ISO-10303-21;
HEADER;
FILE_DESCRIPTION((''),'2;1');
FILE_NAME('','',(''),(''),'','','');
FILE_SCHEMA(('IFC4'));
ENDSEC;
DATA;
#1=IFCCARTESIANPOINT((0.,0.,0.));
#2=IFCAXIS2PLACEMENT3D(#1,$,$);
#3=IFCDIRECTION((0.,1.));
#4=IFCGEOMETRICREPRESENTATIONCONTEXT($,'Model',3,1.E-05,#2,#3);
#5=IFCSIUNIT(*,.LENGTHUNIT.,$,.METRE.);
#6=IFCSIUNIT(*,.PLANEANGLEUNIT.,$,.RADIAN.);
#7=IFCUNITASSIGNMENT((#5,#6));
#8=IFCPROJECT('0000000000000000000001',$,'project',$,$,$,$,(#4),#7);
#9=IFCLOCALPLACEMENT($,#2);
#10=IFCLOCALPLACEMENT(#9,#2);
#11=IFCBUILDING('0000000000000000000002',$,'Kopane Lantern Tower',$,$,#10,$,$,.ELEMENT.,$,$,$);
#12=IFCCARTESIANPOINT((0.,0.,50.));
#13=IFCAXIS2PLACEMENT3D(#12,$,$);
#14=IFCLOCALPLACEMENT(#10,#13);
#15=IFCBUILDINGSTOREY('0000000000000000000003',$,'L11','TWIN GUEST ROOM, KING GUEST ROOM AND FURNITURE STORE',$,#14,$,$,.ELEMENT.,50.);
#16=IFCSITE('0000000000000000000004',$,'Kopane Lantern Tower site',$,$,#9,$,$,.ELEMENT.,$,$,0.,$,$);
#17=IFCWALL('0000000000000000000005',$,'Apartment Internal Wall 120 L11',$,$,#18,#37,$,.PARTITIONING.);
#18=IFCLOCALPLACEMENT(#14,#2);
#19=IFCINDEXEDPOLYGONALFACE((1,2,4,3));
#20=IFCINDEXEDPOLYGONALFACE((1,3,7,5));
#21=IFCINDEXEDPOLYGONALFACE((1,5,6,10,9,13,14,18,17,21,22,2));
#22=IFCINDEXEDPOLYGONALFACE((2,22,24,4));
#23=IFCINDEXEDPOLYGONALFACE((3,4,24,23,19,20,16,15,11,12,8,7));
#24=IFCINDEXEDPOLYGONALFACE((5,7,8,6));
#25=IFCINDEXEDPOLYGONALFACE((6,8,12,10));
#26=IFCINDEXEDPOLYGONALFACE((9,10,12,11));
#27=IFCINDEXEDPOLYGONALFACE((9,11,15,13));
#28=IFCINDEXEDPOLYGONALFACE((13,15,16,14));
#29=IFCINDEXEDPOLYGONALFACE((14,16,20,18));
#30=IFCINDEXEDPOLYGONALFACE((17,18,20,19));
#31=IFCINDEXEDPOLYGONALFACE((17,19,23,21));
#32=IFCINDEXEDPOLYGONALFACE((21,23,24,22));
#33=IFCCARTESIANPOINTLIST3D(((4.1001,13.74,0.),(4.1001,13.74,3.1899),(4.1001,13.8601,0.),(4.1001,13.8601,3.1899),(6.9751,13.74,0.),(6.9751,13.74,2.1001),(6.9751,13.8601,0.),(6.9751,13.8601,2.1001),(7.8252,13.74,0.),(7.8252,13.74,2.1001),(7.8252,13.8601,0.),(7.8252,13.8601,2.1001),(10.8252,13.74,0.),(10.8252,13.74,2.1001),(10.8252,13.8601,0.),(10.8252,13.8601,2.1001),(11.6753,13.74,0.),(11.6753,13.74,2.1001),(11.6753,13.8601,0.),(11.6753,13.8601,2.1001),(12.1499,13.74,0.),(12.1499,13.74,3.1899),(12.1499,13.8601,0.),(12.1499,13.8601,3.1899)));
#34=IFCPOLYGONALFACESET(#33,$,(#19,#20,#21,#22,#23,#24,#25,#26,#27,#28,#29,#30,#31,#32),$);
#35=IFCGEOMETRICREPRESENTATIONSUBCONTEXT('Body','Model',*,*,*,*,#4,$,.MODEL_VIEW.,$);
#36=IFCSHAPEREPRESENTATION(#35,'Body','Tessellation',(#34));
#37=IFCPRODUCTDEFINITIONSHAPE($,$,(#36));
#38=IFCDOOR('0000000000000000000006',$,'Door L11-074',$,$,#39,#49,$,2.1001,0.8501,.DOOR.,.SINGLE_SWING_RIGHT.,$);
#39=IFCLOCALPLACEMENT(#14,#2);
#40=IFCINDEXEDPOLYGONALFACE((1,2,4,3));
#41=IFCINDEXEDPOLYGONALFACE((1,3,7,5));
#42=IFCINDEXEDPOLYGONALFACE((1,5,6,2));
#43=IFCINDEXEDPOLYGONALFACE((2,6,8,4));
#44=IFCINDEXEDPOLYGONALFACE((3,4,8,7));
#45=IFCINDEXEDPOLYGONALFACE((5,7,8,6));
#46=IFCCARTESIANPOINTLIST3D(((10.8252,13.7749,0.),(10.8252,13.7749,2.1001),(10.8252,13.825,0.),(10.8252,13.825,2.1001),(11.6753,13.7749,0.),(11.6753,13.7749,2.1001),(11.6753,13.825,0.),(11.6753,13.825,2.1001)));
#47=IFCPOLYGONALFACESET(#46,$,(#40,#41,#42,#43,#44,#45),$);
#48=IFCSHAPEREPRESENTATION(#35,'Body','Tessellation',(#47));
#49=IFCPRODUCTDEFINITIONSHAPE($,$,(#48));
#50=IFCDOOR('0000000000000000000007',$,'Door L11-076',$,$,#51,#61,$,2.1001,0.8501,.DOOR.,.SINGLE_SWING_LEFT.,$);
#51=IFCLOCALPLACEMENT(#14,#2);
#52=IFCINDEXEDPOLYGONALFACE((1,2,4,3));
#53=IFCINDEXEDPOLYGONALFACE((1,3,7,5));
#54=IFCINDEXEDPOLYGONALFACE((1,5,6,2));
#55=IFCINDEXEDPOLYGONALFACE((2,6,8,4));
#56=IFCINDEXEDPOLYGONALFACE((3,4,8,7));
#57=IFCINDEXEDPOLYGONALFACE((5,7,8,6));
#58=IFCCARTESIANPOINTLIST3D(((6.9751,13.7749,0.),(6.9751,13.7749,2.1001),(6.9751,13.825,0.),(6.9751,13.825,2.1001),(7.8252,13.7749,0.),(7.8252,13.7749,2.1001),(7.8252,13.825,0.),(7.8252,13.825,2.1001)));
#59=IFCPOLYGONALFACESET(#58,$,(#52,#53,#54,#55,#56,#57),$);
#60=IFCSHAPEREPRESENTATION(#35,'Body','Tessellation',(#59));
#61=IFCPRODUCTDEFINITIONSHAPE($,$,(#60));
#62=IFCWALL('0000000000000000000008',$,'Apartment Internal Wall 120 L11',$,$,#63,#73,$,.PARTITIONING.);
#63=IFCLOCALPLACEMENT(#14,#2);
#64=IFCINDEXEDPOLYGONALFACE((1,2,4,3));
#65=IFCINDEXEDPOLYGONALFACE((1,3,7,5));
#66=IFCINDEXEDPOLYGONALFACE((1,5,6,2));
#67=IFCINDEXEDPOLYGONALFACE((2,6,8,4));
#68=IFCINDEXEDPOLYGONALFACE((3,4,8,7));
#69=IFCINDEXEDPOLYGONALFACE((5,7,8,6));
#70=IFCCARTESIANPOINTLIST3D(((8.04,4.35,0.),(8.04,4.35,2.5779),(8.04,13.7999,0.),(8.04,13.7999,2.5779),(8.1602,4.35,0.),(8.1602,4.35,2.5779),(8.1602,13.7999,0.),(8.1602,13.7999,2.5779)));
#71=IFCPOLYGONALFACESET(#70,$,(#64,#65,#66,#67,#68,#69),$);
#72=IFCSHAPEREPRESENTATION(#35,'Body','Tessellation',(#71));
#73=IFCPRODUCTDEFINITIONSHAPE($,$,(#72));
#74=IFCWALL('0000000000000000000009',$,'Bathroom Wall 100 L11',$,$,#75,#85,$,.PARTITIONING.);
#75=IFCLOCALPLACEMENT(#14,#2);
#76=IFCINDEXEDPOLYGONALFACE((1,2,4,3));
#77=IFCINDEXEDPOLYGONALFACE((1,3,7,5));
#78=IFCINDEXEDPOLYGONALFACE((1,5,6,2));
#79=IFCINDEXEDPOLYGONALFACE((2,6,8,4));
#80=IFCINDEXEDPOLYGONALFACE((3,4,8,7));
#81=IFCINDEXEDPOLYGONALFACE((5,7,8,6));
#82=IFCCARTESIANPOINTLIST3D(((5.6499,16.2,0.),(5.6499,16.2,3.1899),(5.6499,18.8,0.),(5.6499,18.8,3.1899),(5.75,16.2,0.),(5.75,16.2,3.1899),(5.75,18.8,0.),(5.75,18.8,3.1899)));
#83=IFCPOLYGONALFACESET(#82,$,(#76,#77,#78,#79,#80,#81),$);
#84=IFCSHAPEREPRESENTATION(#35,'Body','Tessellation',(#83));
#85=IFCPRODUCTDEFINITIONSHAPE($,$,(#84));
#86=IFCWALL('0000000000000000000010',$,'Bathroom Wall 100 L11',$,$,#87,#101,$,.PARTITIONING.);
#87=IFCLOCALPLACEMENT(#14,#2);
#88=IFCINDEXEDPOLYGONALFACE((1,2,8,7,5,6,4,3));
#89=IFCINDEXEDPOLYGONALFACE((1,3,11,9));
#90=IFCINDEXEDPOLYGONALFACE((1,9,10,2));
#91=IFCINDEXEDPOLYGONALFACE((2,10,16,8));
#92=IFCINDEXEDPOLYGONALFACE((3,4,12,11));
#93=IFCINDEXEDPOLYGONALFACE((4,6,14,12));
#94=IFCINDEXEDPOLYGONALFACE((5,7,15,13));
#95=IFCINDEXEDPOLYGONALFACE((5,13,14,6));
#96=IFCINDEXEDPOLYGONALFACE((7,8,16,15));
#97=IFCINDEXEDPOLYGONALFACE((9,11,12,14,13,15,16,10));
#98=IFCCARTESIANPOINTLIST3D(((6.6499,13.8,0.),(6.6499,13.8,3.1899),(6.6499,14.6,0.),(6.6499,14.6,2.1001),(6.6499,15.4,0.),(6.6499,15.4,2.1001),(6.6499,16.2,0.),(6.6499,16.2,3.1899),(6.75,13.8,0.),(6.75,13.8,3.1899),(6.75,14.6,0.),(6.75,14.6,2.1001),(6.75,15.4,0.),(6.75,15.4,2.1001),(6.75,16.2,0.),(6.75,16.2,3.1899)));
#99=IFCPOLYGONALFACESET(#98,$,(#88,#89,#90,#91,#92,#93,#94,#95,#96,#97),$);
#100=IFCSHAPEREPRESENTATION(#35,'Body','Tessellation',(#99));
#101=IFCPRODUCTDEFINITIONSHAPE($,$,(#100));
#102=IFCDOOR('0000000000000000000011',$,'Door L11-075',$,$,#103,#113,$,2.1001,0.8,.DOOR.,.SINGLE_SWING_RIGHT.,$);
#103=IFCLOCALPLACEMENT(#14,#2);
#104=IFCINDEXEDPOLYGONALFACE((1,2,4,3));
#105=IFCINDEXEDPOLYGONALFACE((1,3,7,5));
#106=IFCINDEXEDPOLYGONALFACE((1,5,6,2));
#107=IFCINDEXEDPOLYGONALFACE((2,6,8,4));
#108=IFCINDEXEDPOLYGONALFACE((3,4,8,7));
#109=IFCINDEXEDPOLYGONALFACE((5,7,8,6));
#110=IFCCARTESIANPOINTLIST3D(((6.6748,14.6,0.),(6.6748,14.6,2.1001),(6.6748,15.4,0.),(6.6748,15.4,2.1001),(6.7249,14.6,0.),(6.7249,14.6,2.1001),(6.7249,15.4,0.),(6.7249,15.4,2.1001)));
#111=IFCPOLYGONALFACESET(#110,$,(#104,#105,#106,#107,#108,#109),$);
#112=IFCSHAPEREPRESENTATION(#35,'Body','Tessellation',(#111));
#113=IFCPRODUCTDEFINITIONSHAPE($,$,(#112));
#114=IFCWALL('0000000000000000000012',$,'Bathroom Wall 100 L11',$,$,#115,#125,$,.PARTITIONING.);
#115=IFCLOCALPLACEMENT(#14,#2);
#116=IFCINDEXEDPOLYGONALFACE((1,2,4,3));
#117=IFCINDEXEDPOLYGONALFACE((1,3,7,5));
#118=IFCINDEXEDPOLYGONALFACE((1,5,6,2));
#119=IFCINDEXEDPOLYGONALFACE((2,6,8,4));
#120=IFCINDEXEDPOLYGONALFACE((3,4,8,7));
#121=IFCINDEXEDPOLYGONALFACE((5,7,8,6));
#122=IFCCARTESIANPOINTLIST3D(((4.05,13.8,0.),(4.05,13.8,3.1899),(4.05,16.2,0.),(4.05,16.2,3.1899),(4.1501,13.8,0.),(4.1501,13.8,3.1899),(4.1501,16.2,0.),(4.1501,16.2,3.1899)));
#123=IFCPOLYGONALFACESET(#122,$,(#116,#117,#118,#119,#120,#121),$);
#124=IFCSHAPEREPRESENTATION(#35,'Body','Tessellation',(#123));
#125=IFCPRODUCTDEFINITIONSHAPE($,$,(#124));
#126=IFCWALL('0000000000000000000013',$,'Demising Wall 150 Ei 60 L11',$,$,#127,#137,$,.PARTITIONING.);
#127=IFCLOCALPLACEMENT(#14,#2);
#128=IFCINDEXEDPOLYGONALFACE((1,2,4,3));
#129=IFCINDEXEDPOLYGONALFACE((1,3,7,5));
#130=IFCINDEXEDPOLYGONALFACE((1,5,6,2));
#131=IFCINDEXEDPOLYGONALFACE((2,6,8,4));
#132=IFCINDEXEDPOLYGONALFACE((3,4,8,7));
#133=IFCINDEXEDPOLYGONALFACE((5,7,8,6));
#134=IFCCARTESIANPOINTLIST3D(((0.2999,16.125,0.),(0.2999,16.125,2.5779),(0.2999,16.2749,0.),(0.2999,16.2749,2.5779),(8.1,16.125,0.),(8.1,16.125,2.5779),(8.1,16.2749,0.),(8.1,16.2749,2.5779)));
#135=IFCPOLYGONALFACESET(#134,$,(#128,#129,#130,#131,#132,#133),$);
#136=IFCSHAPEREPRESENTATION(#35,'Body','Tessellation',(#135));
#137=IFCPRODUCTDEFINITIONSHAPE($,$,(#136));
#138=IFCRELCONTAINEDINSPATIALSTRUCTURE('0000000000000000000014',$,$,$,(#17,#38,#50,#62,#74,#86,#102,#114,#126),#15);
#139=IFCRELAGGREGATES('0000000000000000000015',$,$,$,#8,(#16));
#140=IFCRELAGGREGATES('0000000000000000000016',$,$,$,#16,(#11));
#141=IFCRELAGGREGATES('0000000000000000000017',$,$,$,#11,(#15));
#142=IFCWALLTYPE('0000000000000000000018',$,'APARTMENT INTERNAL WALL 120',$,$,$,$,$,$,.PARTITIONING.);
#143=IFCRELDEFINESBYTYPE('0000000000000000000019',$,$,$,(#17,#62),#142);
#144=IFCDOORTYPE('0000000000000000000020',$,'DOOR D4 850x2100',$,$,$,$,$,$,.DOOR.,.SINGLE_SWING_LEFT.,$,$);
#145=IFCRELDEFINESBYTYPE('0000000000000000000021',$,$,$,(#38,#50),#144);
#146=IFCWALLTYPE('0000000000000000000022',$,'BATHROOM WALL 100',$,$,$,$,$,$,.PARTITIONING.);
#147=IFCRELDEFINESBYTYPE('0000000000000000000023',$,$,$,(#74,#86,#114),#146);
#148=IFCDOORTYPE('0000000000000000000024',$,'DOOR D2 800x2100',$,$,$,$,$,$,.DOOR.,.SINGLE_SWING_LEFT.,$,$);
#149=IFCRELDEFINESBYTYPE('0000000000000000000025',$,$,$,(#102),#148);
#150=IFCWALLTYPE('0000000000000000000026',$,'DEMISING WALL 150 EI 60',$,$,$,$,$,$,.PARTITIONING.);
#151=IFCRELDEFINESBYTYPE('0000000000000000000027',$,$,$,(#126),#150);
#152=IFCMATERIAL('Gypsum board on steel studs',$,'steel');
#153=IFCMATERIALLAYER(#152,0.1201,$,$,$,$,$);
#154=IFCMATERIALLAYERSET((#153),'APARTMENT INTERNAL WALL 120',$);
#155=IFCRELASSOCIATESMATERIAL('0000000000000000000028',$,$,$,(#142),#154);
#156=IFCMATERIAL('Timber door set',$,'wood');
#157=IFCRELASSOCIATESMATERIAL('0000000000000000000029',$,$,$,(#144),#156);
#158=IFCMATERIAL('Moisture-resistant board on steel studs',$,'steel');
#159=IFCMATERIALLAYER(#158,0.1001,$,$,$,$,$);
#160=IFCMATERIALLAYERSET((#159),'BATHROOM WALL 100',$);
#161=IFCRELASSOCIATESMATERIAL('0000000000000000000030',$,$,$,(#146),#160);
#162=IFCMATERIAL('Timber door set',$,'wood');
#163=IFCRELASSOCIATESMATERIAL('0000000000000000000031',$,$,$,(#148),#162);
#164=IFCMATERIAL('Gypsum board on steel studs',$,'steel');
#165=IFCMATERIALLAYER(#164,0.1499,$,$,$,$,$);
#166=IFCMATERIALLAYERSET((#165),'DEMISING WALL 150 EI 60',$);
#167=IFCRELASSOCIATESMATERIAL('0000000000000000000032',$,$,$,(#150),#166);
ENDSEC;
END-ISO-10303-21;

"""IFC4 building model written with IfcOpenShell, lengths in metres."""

from ifc_helpers import new_model, si_unit, direction, frame, frame_2d, origin, place, context, subcontext, project, spatial, rectangle, extrude, material, layer, layer_set, type_object, element, fill, save


model = new_model("IFC4")

# Units and contexts
model_context = context("Model", 3, precision=1e-05, world=origin(), true_north=direction((0.0, 1.0)))
body_context = subcontext(model_context, "Body", "Model", "MODEL_VIEW")
ifc_project = project(units=[si_unit("LENGTHUNIT", "METRE"), si_unit("PLANEANGLEUNIT", "RADIAN")], contexts=[model_context])

# Site, building, storey
site_placement = place(None, origin())
site = spatial("IfcSite", under=ifc_project, at=site_placement, Name="Kopane Lantern Tower site", CompositionType="ELEMENT", RefElevation=0.0)
building_placement = place(site_placement, origin())
building = spatial("IfcBuilding", under=site, at=building_placement, Name="Kopane Lantern Tower", CompositionType="ELEMENT")
storey_placement = place(building_placement, frame((0.0, 0.0, 50.0)))
storey = spatial("IfcBuildingStorey", under=building, at=storey_placement, Name="L11", Description="TWIN GUEST ROOM, KING GUEST ROOM AND FURNITURE STORE", CompositionType="ELEMENT", Elevation=50.0)

# Wall, openings, doors
ifc_material_1 = material(Name="Gypsum board on steel studs", Category="steel")
ifc_layer_1 = layer(ifc_material_1, 0.1201)
ifc_layer_set_1 = layer_set([ifc_layer_1], Name="APARTMENT INTERNAL WALL 120")
wall_type_1 = type_object("IfcWallType", Name="APARTMENT INTERNAL WALL 120", PredefinedType="PARTITIONING", material=ifc_layer_set_1)
wall_1_placement = place(storey_placement, frame((4.1001, 13.8, 0.0), z_axis=(0.0, 0.0, 1.0), x_axis=(1.0, 0.0, 0.0)))
wall_1 = element("IfcWall", 1, at=wall_1_placement, inside=storey, type_object=wall_type_1, Name="Apartment Internal Wall 120 L11", PredefinedType="PARTITIONING", context=body_context, shape_type="SweptSolid", body=[
    extrude(rectangle(XDim=8.0498, YDim=0.1201, at=frame_2d((4.0249, 0.0))), origin(), (0.0, 0.0, 1.0), 3.1899),
])
opening_1_placement = place(wall_1_placement, frame((6.7251, 0.0, 0.0)))
opening_1 = element("IfcOpeningElement", 2, at=opening_1_placement, cuts=wall_1, PredefinedType="OPENING", context=body_context, shape_type="SweptSolid", body=[
    extrude(rectangle(XDim=0.8501, YDim=2.1001, at=frame_2d((0.425, 1.05))), frame((0.0, 0.0701, 0.0), z_axis=(0.0, -1.0, 0.0), x_axis=(1.0, 0.0, 0.0)), (0.0, 0.0, 1.0), 0.1401),
])
opening_2_placement = place(wall_1_placement, frame((2.875, 0.0, 0.0)))
opening_2 = element("IfcOpeningElement", 3, at=opening_2_placement, cuts=wall_1, PredefinedType="OPENING", context=body_context, shape_type="SweptSolid", body=[
    extrude(rectangle(XDim=0.8501, YDim=2.1001, at=frame_2d((0.425, 1.05))), frame((0.0, 0.0701, 0.0), z_axis=(0.0, -1.0, 0.0), x_axis=(1.0, 0.0, 0.0)), (0.0, 0.0, 1.0), 0.1401),
])
ifc_material_2 = material(Name="Timber door set", Category="wood")
door_type_1 = type_object("IfcDoorType", Name="DOOR D4 850x2100", OperationType="SINGLE_SWING_LEFT", PredefinedType="DOOR", material=ifc_material_2)
door_1_placement = place(opening_1_placement, origin())
door_1 = element("IfcDoor", 4, at=door_1_placement, inside=storey, type_object=door_type_1, Name="Door L11-074", OperationType="SINGLE_SWING_RIGHT", OverallHeight=2.1001, OverallWidth=0.8501, PredefinedType="DOOR", context=body_context, shape_type="SweptSolid", body=[
    extrude(rectangle(XDim=0.8501, YDim=2.1001, at=frame_2d((0.425, 1.05))), frame((0.0, 0.0249, 0.0), z_axis=(0.0, -1.0, 0.0), x_axis=(1.0, 0.0, 0.0)), (0.0, 0.0, 1.0), 0.05),
])
fill(opening_1, door_1)
door_2_placement = place(opening_2_placement, origin())
door_2 = element("IfcDoor", 5, at=door_2_placement, inside=storey, type_object=door_type_1, Name="Door L11-076", OperationType="SINGLE_SWING_LEFT", OverallHeight=2.1001, OverallWidth=0.8501, PredefinedType="DOOR", context=body_context, shape_type="SweptSolid", body=[
    extrude(rectangle(XDim=0.8501, YDim=2.1001, at=frame_2d((0.425, 1.05))), frame((0.0, 0.0249, 0.0), z_axis=(0.0, -1.0, 0.0), x_axis=(1.0, 0.0, 0.0)), (0.0, 0.0, 1.0), 0.05),
])
fill(opening_2, door_2)

# Walls
wall_2_placement = place(storey_placement, frame((8.1001, 13.8, 0.0), z_axis=(0.0, 0.0, 1.0), x_axis=(0.0, -1.0, 0.0)))
element("IfcWall", 6, at=wall_2_placement, inside=storey, type_object=wall_type_1, Name="Apartment Internal Wall 120 L11", PredefinedType="PARTITIONING", context=body_context, shape_type="SweptSolid", body=[
    extrude(rectangle(XDim=9.45, YDim=0.1201, at=frame_2d((4.7251, 0.0))), origin(), (0.0, 0.0, 1.0), 2.5779),
])
ifc_material_3 = material(Name="Moisture-resistant board on steel studs", Category="steel")
ifc_layer_2 = layer(ifc_material_3, 0.1001)
ifc_layer_set_2 = layer_set([ifc_layer_2], Name="BATHROOM WALL 100")
wall_type_2 = type_object("IfcWallType", Name="BATHROOM WALL 100", PredefinedType="PARTITIONING", material=ifc_layer_set_2)
wall_3_placement = place(storey_placement, frame((5.7, 16.2, 0.0), z_axis=(0.0, 0.0, 1.0), x_axis=(0.0, 1.0, 0.0)))
element("IfcWall", 7, at=wall_3_placement, inside=storey, type_object=wall_type_2, Name="Bathroom Wall 100 L11", PredefinedType="PARTITIONING", context=body_context, shape_type="SweptSolid", body=[
    extrude(rectangle(XDim=2.6001, YDim=0.1001, at=frame_2d((1.3, 0.0))), origin(), (0.0, 0.0, 1.0), 3.1899),
])

# Wall, opening, door
wall_4_placement = place(storey_placement, frame((6.7, 16.2, 0.0), z_axis=(0.0, 0.0, 1.0), x_axis=(0.0, -1.0, 0.0)))
wall_4 = element("IfcWall", 8, at=wall_4_placement, inside=storey, type_object=wall_type_2, Name="Bathroom Wall 100 L11", PredefinedType="PARTITIONING", context=body_context, shape_type="SweptSolid", body=[
    extrude(rectangle(XDim=2.3999, YDim=0.1001, at=frame_2d((1.2, 0.0))), origin(), (0.0, 0.0, 1.0), 3.1899),
])
opening_3_placement = place(wall_4_placement, frame((0.8, 0.0, 0.0)))
opening_3 = element("IfcOpeningElement", 9, at=opening_3_placement, cuts=wall_4, PredefinedType="OPENING", context=body_context, shape_type="SweptSolid", body=[
    extrude(rectangle(XDim=0.8, YDim=2.1001, at=frame_2d((0.3999, 1.05))), frame((0.0, 0.0601, 0.0), z_axis=(0.0, -1.0, 0.0), x_axis=(1.0, 0.0, 0.0)), (0.0, 0.0, 1.0), 0.1201),
])
ifc_material_4 = material(Name="Timber door set", Category="wood")
door_type_2 = type_object("IfcDoorType", Name="DOOR D2 800x2100", OperationType="SINGLE_SWING_LEFT", PredefinedType="DOOR", material=ifc_material_4)
door_3_placement = place(opening_3_placement, origin())
door_3 = element("IfcDoor", 10, at=door_3_placement, inside=storey, type_object=door_type_2, Name="Door L11-075", OperationType="SINGLE_SWING_RIGHT", OverallHeight=2.1001, OverallWidth=0.8, PredefinedType="DOOR", context=body_context, shape_type="SweptSolid", body=[
    extrude(rectangle(XDim=0.8, YDim=2.1001, at=frame_2d((0.3999, 1.05))), frame((0.0, 0.0249, 0.0), z_axis=(0.0, -1.0, 0.0), x_axis=(1.0, 0.0, 0.0)), (0.0, 0.0, 1.0), 0.05),
])
fill(opening_3, door_3)

# Walls
wall_5_placement = place(storey_placement, frame((4.1001, 16.2, 0.0), z_axis=(0.0, 0.0, 1.0), x_axis=(0.0, -1.0, 0.0)))
element("IfcWall", 11, at=wall_5_placement, inside=storey, type_object=wall_type_2, Name="Bathroom Wall 100 L11", PredefinedType="PARTITIONING", context=body_context, shape_type="SweptSolid", body=[
    extrude(rectangle(XDim=2.3999, YDim=0.1001, at=frame_2d((1.2, 0.0))), origin(), (0.0, 0.0, 1.0), 3.1899),
])
ifc_material_5 = material(Name="Gypsum board on steel studs", Category="steel")
ifc_layer_3 = layer(ifc_material_5, 0.1499)
ifc_layer_set_3 = layer_set([ifc_layer_3], Name="DEMISING WALL 150 EI 60")
wall_type_3 = type_object("IfcWallType", Name="DEMISING WALL 150 EI 60", PredefinedType="PARTITIONING", material=ifc_layer_set_3)
wall_6_placement = place(storey_placement, frame((0.3, 16.2, 0.0), z_axis=(0.0, 0.0, 1.0), x_axis=(1.0, 0.0, 0.0)))
element("IfcWall", 12, at=wall_6_placement, inside=storey, type_object=wall_type_3, Name="Demising Wall 150 Ei 60 L11", PredefinedType="PARTITIONING", context=body_context, shape_type="SweptSolid", body=[
    extrude(rectangle(XDim=7.8, YDim=0.1499, at=frame_2d((3.8999, 0.0))), origin(), (0.0, 0.0, 1.0), 2.5779),
])

save(model, "model.ifc")
